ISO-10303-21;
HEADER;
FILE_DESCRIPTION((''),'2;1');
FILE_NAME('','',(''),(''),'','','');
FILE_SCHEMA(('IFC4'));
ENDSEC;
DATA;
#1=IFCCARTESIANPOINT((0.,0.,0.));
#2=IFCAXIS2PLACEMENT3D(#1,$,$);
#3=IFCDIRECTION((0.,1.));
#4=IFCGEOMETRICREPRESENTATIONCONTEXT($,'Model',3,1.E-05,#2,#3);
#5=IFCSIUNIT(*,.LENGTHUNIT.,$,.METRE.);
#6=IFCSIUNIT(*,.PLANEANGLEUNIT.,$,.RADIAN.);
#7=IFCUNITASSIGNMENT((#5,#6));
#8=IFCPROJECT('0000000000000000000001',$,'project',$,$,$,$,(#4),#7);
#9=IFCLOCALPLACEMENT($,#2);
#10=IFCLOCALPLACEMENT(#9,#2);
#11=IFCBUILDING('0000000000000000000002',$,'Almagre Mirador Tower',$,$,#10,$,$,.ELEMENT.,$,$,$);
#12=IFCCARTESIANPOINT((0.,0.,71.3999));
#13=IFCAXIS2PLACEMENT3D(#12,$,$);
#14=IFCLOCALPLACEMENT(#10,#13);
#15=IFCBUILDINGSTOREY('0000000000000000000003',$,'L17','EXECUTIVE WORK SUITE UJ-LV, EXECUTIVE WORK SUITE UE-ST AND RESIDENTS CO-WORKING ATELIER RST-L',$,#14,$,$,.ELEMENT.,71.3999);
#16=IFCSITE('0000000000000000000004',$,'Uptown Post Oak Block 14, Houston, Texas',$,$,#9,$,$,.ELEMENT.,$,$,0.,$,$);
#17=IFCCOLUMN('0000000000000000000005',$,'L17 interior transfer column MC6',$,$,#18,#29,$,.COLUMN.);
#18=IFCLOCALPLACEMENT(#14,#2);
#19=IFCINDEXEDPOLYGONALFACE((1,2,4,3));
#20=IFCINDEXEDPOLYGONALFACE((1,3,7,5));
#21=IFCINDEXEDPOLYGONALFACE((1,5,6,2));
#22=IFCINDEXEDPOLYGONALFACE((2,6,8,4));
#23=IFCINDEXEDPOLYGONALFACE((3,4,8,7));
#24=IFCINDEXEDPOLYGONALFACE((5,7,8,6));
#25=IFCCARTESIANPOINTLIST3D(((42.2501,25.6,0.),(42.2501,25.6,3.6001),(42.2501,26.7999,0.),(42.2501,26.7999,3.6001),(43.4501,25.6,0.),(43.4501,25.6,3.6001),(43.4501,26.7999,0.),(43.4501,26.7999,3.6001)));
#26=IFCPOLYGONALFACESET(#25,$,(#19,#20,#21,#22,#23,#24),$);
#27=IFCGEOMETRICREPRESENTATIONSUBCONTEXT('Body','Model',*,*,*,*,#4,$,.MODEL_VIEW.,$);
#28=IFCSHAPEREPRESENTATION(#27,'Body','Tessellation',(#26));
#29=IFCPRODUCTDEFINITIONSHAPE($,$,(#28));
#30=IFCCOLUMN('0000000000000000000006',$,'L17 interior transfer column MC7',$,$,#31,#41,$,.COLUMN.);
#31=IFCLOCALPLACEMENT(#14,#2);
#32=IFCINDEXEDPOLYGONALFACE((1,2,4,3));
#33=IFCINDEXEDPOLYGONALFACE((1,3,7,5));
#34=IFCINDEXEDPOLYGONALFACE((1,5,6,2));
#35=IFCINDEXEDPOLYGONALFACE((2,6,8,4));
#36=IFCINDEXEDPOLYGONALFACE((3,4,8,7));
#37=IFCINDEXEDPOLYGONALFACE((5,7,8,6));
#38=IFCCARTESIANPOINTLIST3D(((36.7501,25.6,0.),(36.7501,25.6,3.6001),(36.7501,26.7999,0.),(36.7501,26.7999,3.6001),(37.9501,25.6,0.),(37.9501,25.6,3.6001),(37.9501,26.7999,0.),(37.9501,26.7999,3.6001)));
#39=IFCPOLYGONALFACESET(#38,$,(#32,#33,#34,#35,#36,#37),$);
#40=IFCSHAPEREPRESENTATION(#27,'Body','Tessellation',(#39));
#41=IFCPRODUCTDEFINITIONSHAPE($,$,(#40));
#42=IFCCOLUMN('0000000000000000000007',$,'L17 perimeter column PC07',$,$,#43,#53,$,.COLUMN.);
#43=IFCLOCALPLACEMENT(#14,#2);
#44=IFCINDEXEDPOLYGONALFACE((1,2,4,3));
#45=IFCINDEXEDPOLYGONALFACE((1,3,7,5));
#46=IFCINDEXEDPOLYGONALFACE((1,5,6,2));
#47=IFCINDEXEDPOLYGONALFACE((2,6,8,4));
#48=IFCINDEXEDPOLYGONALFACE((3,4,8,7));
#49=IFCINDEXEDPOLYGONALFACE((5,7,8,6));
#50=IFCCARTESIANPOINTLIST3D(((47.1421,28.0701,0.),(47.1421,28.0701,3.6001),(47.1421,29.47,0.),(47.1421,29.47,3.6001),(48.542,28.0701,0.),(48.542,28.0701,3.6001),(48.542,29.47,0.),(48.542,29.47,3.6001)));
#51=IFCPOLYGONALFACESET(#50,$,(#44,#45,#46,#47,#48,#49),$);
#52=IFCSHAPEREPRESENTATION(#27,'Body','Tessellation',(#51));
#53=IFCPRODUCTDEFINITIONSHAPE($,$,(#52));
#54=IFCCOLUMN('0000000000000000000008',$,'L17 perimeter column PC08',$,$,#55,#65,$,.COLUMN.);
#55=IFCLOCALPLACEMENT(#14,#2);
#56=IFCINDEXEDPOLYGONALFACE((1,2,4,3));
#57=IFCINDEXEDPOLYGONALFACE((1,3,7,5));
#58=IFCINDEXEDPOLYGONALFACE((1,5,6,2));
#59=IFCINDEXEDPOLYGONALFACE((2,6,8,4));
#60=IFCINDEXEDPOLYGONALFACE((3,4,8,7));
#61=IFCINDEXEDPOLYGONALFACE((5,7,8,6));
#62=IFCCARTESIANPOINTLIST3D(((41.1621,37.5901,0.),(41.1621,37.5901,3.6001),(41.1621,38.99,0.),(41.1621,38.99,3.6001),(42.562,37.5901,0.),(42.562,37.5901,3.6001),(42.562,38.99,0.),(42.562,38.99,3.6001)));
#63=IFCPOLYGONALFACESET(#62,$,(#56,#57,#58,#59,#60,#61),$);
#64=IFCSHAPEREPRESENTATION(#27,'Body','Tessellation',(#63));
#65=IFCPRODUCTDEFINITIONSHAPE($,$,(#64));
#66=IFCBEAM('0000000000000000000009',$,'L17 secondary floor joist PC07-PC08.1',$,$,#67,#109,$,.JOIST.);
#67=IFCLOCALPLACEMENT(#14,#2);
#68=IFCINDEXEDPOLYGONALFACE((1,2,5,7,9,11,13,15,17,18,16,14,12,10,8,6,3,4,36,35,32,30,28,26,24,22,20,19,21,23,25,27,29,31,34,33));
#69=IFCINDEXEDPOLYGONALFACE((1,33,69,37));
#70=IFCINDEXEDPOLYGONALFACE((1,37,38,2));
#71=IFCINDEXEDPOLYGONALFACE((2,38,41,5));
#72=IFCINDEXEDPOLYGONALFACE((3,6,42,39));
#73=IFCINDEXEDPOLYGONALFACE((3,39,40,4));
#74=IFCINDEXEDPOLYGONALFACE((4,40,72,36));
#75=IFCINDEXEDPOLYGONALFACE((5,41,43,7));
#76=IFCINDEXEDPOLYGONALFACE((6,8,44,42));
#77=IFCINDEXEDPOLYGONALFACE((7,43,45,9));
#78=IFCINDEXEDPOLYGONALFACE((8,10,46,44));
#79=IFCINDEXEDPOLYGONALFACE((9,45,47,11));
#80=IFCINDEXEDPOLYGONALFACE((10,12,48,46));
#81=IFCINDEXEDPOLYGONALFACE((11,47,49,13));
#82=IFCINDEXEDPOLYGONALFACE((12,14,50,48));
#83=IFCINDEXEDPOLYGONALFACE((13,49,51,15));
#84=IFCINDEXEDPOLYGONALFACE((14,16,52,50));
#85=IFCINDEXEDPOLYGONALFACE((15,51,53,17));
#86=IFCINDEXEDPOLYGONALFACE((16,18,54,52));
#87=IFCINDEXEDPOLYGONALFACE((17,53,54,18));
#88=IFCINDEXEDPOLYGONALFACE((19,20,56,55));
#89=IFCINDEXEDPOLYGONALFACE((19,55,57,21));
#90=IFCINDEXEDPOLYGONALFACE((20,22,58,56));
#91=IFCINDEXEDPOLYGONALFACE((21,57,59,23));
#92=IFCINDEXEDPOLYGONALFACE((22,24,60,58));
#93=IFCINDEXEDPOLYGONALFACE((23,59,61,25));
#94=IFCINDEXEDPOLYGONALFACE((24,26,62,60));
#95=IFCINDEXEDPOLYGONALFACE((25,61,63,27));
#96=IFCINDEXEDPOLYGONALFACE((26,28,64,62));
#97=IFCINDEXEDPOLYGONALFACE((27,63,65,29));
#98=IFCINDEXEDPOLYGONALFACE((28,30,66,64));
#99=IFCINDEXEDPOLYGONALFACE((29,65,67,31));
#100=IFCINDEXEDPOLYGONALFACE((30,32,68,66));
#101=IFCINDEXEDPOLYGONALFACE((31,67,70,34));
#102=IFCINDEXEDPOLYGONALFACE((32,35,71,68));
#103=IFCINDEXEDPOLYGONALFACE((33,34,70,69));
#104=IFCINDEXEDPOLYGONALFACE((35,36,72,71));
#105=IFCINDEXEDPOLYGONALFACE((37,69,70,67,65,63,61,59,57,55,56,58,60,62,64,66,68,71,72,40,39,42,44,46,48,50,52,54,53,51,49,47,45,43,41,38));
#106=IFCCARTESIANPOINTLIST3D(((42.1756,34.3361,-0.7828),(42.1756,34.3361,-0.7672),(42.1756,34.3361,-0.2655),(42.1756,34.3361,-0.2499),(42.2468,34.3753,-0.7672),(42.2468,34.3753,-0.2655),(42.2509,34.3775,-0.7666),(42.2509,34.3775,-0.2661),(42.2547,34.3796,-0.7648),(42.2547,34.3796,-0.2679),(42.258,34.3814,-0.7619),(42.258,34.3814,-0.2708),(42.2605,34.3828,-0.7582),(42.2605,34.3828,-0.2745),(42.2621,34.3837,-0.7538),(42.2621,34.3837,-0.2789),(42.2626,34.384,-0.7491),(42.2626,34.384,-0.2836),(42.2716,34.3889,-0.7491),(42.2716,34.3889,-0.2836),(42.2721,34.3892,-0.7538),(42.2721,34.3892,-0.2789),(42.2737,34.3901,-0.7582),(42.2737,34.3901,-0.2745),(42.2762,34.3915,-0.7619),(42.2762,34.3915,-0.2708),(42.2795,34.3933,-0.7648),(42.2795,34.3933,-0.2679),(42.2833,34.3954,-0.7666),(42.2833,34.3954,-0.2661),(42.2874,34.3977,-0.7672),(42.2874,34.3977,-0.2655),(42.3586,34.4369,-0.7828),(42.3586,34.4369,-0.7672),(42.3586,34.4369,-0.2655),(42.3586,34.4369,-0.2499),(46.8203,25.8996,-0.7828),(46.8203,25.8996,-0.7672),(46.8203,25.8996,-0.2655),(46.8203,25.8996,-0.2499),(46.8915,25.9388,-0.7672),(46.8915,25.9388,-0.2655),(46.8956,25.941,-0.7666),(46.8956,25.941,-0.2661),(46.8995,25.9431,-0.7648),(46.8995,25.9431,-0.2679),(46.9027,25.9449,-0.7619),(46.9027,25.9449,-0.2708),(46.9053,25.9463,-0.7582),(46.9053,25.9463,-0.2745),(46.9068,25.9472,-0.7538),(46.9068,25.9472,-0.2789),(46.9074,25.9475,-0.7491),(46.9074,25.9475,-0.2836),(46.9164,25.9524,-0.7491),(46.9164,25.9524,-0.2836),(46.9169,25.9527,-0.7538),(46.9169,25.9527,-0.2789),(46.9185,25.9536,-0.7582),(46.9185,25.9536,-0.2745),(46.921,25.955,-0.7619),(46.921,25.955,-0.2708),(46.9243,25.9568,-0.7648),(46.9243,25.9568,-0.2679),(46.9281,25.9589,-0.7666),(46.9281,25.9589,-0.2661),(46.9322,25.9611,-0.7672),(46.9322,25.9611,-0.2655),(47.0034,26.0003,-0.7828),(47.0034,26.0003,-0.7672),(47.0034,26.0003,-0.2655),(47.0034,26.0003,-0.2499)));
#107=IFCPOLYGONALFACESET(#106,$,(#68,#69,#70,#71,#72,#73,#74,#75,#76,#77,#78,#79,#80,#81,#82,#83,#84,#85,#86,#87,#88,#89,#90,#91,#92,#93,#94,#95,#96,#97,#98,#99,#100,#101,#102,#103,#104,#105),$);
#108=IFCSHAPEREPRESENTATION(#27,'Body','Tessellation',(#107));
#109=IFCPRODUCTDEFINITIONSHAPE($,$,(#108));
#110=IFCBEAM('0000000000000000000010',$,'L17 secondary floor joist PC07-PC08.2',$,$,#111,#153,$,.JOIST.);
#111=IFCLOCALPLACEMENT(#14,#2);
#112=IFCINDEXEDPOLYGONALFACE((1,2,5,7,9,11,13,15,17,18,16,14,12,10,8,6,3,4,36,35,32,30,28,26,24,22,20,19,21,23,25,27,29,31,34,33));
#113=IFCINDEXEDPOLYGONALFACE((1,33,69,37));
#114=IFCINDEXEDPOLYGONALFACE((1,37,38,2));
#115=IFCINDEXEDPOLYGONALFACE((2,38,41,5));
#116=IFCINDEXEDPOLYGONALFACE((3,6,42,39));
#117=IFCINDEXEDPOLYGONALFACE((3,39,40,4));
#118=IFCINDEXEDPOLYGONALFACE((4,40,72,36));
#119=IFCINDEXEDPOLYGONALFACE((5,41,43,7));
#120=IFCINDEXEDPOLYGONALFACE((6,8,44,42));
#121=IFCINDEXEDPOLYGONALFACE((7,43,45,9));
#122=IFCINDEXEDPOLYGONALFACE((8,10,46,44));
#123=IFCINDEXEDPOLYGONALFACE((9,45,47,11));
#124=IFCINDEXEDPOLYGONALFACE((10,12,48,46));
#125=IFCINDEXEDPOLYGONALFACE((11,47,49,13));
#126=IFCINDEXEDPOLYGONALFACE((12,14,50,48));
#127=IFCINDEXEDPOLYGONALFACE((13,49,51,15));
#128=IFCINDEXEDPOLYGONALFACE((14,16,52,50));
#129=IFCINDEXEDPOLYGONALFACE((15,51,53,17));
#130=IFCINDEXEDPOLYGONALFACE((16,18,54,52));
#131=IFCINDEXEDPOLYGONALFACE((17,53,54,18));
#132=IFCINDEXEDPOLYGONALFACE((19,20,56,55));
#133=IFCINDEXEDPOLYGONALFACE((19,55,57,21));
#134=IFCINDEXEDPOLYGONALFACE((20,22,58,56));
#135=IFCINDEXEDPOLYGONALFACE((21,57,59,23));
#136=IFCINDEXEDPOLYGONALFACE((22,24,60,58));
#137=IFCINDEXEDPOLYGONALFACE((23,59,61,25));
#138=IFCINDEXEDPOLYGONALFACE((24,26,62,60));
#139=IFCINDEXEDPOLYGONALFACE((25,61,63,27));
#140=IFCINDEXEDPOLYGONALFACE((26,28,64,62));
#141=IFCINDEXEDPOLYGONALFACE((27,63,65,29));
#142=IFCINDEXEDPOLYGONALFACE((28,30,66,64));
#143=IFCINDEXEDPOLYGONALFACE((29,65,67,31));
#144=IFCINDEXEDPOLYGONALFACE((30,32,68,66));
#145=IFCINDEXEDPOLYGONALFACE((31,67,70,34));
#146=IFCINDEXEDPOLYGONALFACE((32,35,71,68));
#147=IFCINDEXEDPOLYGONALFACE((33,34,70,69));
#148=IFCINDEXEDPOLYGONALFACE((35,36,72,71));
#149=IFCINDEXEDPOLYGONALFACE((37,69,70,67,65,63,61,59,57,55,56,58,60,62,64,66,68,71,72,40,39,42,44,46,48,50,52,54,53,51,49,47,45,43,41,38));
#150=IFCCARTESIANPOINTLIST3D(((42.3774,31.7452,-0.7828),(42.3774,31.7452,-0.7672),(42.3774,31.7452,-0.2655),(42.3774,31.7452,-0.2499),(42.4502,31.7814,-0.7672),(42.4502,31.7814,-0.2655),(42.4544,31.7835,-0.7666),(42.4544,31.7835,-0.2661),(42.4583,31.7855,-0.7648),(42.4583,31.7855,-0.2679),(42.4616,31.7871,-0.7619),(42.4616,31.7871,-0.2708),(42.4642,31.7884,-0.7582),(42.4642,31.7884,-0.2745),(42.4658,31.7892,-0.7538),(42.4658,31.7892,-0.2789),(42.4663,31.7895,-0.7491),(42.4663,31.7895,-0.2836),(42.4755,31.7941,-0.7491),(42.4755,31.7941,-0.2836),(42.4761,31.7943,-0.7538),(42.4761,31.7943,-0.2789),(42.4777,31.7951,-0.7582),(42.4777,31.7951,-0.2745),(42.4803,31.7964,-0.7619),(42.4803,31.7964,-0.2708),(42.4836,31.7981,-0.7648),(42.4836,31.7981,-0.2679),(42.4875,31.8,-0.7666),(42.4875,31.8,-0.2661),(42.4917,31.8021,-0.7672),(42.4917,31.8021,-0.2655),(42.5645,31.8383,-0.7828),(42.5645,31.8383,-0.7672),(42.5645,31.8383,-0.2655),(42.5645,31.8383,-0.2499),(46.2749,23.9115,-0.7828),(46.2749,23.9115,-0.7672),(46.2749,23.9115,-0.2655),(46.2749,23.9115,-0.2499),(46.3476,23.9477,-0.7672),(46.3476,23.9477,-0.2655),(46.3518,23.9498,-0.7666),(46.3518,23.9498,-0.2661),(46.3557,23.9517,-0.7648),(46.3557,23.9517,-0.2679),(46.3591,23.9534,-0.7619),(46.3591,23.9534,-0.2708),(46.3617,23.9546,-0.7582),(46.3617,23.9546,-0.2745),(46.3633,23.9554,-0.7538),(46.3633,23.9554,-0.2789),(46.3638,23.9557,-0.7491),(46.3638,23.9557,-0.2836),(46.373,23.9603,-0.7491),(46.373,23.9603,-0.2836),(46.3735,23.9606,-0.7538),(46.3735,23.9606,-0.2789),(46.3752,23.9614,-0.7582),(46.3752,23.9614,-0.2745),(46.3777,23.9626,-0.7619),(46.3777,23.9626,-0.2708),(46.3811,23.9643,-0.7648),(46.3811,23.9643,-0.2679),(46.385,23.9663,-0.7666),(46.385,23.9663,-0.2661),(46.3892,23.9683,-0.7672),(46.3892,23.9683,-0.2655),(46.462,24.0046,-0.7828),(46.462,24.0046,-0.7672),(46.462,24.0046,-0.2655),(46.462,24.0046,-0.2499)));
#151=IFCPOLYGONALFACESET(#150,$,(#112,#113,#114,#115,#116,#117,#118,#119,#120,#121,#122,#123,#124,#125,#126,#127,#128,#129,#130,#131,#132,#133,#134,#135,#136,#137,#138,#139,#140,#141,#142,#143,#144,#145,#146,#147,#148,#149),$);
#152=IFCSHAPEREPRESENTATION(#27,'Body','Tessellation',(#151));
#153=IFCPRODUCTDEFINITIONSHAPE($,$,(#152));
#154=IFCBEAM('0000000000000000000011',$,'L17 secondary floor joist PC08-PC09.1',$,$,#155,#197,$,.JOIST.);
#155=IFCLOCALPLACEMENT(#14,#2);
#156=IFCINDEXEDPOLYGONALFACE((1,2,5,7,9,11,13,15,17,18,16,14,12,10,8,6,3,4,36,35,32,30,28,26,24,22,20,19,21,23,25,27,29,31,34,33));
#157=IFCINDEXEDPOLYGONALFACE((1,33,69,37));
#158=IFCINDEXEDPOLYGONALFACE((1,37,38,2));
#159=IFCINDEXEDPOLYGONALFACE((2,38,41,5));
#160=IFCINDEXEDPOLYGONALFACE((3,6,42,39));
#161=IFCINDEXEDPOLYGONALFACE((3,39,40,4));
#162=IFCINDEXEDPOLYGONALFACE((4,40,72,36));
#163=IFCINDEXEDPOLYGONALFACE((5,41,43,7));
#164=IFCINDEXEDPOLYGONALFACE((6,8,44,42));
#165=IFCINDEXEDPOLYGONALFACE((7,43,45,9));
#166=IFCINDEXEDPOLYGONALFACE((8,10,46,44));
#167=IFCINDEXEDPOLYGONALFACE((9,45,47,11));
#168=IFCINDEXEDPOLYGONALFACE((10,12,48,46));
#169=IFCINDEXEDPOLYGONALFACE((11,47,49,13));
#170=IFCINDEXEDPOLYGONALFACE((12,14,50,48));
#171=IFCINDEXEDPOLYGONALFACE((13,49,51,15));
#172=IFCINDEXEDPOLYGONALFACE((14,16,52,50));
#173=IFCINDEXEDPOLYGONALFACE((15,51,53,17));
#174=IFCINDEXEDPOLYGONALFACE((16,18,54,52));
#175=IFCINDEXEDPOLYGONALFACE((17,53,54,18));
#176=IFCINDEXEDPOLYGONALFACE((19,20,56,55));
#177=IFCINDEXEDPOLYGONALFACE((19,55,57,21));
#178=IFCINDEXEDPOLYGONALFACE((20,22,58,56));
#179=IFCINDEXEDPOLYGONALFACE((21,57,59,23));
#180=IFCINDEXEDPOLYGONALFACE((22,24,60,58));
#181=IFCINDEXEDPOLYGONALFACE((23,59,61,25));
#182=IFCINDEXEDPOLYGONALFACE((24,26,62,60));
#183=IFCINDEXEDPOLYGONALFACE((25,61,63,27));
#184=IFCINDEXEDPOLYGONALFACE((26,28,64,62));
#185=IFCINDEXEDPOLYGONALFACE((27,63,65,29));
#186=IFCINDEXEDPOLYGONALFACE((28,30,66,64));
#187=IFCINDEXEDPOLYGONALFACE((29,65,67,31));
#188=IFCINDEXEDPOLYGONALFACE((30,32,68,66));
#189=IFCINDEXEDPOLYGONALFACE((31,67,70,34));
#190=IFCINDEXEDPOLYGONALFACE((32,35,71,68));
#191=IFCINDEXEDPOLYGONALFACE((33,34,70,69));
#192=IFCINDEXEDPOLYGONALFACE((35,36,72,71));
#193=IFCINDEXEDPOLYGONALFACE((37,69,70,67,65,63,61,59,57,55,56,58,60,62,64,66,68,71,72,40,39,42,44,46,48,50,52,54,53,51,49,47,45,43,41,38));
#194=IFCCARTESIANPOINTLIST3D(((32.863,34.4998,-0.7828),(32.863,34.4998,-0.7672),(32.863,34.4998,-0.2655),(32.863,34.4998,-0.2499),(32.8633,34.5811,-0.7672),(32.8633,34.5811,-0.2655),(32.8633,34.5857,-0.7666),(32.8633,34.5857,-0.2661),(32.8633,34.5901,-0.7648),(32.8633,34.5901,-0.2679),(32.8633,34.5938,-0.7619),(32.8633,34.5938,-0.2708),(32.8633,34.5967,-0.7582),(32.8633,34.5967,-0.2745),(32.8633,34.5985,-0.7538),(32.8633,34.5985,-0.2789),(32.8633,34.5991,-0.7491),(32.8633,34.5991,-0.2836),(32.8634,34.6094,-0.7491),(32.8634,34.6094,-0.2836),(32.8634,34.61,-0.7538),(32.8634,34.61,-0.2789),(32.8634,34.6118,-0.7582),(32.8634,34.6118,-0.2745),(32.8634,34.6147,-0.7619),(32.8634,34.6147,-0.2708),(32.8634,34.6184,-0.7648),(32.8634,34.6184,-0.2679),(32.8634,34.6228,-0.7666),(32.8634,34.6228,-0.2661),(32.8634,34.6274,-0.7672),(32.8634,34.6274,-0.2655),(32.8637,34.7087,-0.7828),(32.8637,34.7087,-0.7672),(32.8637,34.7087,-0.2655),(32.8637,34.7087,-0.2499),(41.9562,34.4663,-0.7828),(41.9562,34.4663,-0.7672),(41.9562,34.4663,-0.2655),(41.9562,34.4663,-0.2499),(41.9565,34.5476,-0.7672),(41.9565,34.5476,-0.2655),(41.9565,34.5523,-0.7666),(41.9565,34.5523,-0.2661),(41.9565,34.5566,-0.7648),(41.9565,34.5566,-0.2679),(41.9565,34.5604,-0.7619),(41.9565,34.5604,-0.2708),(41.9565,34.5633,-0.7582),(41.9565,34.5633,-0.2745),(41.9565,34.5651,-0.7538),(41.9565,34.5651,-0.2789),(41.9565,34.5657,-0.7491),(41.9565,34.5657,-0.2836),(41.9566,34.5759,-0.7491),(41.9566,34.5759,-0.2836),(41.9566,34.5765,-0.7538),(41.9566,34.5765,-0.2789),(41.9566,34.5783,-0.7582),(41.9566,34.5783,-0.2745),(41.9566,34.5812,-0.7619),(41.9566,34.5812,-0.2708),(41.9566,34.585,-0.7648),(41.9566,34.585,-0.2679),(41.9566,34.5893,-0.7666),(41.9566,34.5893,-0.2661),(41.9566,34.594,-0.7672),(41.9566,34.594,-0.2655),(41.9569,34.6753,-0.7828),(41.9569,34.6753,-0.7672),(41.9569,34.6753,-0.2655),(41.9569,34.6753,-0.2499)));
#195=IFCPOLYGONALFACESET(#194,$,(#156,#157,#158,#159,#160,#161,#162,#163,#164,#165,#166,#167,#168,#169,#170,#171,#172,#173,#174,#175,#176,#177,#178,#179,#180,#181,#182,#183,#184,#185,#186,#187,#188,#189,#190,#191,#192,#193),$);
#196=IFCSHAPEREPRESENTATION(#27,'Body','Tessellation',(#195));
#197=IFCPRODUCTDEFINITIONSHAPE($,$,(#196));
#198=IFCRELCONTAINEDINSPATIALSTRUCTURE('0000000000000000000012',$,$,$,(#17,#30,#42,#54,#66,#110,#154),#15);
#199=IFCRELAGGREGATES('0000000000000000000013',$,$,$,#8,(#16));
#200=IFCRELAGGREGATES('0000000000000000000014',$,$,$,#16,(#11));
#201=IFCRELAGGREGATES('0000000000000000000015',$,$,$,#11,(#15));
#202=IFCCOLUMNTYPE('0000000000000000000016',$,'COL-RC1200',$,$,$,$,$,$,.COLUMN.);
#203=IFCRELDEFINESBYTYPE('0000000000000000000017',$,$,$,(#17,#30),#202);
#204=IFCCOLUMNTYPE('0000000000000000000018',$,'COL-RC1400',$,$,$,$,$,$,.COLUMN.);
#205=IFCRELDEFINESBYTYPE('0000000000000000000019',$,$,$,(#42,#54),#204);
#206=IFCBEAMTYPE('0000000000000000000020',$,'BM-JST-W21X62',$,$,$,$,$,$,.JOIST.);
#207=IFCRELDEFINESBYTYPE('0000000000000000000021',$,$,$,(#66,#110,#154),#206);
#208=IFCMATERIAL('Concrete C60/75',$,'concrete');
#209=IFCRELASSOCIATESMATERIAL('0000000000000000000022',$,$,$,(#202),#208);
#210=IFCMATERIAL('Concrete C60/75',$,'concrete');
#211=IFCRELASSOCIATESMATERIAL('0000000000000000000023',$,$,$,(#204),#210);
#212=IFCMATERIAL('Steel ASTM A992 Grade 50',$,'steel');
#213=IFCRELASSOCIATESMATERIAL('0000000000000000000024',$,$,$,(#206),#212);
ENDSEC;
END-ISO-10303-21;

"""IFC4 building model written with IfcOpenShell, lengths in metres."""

from ifc_helpers import new_model, si_unit, direction, frame, origin, origin_2d, place, context, subcontext, project, spatial, rectangle, i_section, extrude, material, material_profile, profile_set, type_object, element, save


model = new_model("IFC4")

# Units and contexts
model_context = context("Model", 3, precision=1e-05, world=origin(), true_north=direction((0.0, 1.0)))
body_context = subcontext(model_context, "Body", "Model", "MODEL_VIEW")
ifc_project = project(units=[si_unit("LENGTHUNIT", "METRE"), si_unit("PLANEANGLEUNIT", "RADIAN")], contexts=[model_context])

# Site, building, storey
site_placement = place(None, origin())
site = spatial("IfcSite", under=ifc_project, at=site_placement, Name="Uptown Post Oak Block 14, Houston, Texas", CompositionType="ELEMENT", RefElevation=0.0)
building_placement = place(site_placement, origin())
building = spatial("IfcBuilding", under=site, at=building_placement, Name="Almagre Mirador Tower", CompositionType="ELEMENT")
storey_placement = place(building_placement, frame((0.0, 0.0, 71.3999)))
storey = spatial("IfcBuildingStorey", under=building, at=storey_placement, Name="L17", Description="EXECUTIVE WORK SUITE UJ-LV, EXECUTIVE WORK SUITE UE-ST AND RESIDENTS CO-WORKING ATELIER RST-L", CompositionType="ELEMENT", Elevation=71.3999)

# Columns
ifc_material_1 = material(Name="Concrete C60/75", Category="concrete")
ifc_material_profile_1 = material_profile(ifc_material_1, rectangle(XDim=1.2, YDim=1.2, at=origin_2d()), Name="RC1200X1200")
ifc_profile_set_1 = profile_set([ifc_material_profile_1], Name="Concrete C60/75")
column_type_1 = type_object("IfcColumnType", Name="COL-RC1200", PredefinedType="COLUMN", material=ifc_profile_set_1)
for number, where, z_axis, x_axis, name in (
    (1, (42.8501, 26.2, 0.0), (0.0, 0.0, 1.0), (1.0, 0.0, 0.0), "L17 interior transfer column MC6"),
    (2, (37.3501, 26.2, 0.0), (0.0, 0.0, 1.0), (1.0, 0.0, 0.0), "L17 interior transfer column MC7"),
):
    element("IfcColumn", number, at=place(storey_placement, frame(where, z_axis=z_axis, x_axis=x_axis)), inside=storey, type_object=column_type_1, Name=name, PredefinedType="COLUMN", context=body_context, shape_type="SweptSolid", body=[
        extrude(rectangle(XDim=1.2, YDim=1.2, at=origin_2d()), origin(), (0.0, 0.0, 1.0), 3.6001),
    ])
ifc_material_2 = material(Name="Concrete C60/75", Category="concrete")
ifc_material_profile_2 = material_profile(ifc_material_2, rectangle(XDim=1.3999, YDim=1.3999, at=origin_2d()), Name="RC1400X1400")
ifc_profile_set_2 = profile_set([ifc_material_profile_2], Name="Concrete C60/75")
column_type_2 = type_object("IfcColumnType", Name="COL-RC1400", PredefinedType="COLUMN", material=ifc_profile_set_2)
for number, where, z_axis, x_axis, name in (
    (3, (47.842, 28.77, 0.0), (0.0, 0.0, 1.0), (1.0, 0.0, 0.0), "L17 perimeter column PC07"),
    (4, (41.8621, 38.29, 0.0), (0.0, 0.0, 1.0), (1.0, 0.0, 0.0), "L17 perimeter column PC08"),
):
    element("IfcColumn", number, at=place(storey_placement, frame(where, z_axis=z_axis, x_axis=x_axis)), inside=storey, type_object=column_type_2, Name=name, PredefinedType="COLUMN", context=body_context, shape_type="SweptSolid", body=[
        extrude(rectangle(XDim=1.3999, YDim=1.3999, at=origin_2d()), origin(), (0.0, 0.0, 1.0), 3.6001),
    ])

# Beams
ifc_material_3 = material(Name="Steel ASTM A992 Grade 50", Category="steel")
ifc_material_profile_3 = material_profile(ifc_material_3, i_section(OverallWidth=0.209, OverallDepth=0.533, WebThickness=0.0103, FlangeThickness=0.0156, FilletRadius=0.0181, at=origin_2d()), Name="W21X62")
ifc_profile_set_3 = profile_set([ifc_material_profile_3], Name="Steel ASTM A992 Grade 50")
beam_type_1 = type_object("IfcBeamType", Name="BM-JST-W21X62", PredefinedType="JOIST", material=ifc_profile_set_3)
beam_1_placement = place(storey_placement, frame((46.9119, 25.95, -0.5164), z_axis=(-0.482292, 0.87601, 0.0), x_axis=(-0.87601, -0.482292, 0.0)))
element("IfcBeam", 5, at=beam_1_placement, inside=storey, type_object=beam_type_1, Name="L17 secondary floor joist PC07-PC08.1", PredefinedType="JOIST", context=body_context, shape_type="SweptSolid", body=[
    extrude(i_section(OverallWidth=0.209, OverallDepth=0.533, WebThickness=0.0103, FlangeThickness=0.0156, FilletRadius=0.0181, at=origin_2d()), origin(), (0.0, 0.0, 1.0), 9.6306),
])
beam_2_placement = place(storey_placement, frame((46.3684, 23.958, -0.5164), z_axis=(-0.445438, 0.895313, 0.0), x_axis=(-0.895313, -0.445438, 0.0)))
element("IfcBeam", 6, at=beam_2_placement, inside=storey, type_object=beam_type_1, Name="L17 secondary floor joist PC07-PC08.2", PredefinedType="JOIST", context=body_context, shape_type="SweptSolid", body=[
    extrude(i_section(OverallWidth=0.209, OverallDepth=0.533, WebThickness=0.0103, FlangeThickness=0.0156, FilletRadius=0.0181, at=origin_2d()), origin(), (0.0, 0.0, 1.0), 8.7498),
])
beam_3_placement = place(storey_placement, frame((41.9565, 34.5708, -0.5164), z_axis=(-0.999993, 0.003678, 0.0), x_axis=(-0.003678, -0.999993, 0.0)))
element("IfcBeam", 7, at=beam_3_placement, inside=storey, type_object=beam_type_1, Name="L17 secondary floor joist PC08-PC09.1", PredefinedType="JOIST", context=body_context, shape_type="SweptSolid", body=[
    extrude(i_section(OverallWidth=0.209, OverallDepth=0.533, WebThickness=0.0103, FlangeThickness=0.0156, FilletRadius=0.0181, at=origin_2d()), origin(), (0.0, 0.0, 1.0), 9.0933),
])

save(model, "model.ifc")
